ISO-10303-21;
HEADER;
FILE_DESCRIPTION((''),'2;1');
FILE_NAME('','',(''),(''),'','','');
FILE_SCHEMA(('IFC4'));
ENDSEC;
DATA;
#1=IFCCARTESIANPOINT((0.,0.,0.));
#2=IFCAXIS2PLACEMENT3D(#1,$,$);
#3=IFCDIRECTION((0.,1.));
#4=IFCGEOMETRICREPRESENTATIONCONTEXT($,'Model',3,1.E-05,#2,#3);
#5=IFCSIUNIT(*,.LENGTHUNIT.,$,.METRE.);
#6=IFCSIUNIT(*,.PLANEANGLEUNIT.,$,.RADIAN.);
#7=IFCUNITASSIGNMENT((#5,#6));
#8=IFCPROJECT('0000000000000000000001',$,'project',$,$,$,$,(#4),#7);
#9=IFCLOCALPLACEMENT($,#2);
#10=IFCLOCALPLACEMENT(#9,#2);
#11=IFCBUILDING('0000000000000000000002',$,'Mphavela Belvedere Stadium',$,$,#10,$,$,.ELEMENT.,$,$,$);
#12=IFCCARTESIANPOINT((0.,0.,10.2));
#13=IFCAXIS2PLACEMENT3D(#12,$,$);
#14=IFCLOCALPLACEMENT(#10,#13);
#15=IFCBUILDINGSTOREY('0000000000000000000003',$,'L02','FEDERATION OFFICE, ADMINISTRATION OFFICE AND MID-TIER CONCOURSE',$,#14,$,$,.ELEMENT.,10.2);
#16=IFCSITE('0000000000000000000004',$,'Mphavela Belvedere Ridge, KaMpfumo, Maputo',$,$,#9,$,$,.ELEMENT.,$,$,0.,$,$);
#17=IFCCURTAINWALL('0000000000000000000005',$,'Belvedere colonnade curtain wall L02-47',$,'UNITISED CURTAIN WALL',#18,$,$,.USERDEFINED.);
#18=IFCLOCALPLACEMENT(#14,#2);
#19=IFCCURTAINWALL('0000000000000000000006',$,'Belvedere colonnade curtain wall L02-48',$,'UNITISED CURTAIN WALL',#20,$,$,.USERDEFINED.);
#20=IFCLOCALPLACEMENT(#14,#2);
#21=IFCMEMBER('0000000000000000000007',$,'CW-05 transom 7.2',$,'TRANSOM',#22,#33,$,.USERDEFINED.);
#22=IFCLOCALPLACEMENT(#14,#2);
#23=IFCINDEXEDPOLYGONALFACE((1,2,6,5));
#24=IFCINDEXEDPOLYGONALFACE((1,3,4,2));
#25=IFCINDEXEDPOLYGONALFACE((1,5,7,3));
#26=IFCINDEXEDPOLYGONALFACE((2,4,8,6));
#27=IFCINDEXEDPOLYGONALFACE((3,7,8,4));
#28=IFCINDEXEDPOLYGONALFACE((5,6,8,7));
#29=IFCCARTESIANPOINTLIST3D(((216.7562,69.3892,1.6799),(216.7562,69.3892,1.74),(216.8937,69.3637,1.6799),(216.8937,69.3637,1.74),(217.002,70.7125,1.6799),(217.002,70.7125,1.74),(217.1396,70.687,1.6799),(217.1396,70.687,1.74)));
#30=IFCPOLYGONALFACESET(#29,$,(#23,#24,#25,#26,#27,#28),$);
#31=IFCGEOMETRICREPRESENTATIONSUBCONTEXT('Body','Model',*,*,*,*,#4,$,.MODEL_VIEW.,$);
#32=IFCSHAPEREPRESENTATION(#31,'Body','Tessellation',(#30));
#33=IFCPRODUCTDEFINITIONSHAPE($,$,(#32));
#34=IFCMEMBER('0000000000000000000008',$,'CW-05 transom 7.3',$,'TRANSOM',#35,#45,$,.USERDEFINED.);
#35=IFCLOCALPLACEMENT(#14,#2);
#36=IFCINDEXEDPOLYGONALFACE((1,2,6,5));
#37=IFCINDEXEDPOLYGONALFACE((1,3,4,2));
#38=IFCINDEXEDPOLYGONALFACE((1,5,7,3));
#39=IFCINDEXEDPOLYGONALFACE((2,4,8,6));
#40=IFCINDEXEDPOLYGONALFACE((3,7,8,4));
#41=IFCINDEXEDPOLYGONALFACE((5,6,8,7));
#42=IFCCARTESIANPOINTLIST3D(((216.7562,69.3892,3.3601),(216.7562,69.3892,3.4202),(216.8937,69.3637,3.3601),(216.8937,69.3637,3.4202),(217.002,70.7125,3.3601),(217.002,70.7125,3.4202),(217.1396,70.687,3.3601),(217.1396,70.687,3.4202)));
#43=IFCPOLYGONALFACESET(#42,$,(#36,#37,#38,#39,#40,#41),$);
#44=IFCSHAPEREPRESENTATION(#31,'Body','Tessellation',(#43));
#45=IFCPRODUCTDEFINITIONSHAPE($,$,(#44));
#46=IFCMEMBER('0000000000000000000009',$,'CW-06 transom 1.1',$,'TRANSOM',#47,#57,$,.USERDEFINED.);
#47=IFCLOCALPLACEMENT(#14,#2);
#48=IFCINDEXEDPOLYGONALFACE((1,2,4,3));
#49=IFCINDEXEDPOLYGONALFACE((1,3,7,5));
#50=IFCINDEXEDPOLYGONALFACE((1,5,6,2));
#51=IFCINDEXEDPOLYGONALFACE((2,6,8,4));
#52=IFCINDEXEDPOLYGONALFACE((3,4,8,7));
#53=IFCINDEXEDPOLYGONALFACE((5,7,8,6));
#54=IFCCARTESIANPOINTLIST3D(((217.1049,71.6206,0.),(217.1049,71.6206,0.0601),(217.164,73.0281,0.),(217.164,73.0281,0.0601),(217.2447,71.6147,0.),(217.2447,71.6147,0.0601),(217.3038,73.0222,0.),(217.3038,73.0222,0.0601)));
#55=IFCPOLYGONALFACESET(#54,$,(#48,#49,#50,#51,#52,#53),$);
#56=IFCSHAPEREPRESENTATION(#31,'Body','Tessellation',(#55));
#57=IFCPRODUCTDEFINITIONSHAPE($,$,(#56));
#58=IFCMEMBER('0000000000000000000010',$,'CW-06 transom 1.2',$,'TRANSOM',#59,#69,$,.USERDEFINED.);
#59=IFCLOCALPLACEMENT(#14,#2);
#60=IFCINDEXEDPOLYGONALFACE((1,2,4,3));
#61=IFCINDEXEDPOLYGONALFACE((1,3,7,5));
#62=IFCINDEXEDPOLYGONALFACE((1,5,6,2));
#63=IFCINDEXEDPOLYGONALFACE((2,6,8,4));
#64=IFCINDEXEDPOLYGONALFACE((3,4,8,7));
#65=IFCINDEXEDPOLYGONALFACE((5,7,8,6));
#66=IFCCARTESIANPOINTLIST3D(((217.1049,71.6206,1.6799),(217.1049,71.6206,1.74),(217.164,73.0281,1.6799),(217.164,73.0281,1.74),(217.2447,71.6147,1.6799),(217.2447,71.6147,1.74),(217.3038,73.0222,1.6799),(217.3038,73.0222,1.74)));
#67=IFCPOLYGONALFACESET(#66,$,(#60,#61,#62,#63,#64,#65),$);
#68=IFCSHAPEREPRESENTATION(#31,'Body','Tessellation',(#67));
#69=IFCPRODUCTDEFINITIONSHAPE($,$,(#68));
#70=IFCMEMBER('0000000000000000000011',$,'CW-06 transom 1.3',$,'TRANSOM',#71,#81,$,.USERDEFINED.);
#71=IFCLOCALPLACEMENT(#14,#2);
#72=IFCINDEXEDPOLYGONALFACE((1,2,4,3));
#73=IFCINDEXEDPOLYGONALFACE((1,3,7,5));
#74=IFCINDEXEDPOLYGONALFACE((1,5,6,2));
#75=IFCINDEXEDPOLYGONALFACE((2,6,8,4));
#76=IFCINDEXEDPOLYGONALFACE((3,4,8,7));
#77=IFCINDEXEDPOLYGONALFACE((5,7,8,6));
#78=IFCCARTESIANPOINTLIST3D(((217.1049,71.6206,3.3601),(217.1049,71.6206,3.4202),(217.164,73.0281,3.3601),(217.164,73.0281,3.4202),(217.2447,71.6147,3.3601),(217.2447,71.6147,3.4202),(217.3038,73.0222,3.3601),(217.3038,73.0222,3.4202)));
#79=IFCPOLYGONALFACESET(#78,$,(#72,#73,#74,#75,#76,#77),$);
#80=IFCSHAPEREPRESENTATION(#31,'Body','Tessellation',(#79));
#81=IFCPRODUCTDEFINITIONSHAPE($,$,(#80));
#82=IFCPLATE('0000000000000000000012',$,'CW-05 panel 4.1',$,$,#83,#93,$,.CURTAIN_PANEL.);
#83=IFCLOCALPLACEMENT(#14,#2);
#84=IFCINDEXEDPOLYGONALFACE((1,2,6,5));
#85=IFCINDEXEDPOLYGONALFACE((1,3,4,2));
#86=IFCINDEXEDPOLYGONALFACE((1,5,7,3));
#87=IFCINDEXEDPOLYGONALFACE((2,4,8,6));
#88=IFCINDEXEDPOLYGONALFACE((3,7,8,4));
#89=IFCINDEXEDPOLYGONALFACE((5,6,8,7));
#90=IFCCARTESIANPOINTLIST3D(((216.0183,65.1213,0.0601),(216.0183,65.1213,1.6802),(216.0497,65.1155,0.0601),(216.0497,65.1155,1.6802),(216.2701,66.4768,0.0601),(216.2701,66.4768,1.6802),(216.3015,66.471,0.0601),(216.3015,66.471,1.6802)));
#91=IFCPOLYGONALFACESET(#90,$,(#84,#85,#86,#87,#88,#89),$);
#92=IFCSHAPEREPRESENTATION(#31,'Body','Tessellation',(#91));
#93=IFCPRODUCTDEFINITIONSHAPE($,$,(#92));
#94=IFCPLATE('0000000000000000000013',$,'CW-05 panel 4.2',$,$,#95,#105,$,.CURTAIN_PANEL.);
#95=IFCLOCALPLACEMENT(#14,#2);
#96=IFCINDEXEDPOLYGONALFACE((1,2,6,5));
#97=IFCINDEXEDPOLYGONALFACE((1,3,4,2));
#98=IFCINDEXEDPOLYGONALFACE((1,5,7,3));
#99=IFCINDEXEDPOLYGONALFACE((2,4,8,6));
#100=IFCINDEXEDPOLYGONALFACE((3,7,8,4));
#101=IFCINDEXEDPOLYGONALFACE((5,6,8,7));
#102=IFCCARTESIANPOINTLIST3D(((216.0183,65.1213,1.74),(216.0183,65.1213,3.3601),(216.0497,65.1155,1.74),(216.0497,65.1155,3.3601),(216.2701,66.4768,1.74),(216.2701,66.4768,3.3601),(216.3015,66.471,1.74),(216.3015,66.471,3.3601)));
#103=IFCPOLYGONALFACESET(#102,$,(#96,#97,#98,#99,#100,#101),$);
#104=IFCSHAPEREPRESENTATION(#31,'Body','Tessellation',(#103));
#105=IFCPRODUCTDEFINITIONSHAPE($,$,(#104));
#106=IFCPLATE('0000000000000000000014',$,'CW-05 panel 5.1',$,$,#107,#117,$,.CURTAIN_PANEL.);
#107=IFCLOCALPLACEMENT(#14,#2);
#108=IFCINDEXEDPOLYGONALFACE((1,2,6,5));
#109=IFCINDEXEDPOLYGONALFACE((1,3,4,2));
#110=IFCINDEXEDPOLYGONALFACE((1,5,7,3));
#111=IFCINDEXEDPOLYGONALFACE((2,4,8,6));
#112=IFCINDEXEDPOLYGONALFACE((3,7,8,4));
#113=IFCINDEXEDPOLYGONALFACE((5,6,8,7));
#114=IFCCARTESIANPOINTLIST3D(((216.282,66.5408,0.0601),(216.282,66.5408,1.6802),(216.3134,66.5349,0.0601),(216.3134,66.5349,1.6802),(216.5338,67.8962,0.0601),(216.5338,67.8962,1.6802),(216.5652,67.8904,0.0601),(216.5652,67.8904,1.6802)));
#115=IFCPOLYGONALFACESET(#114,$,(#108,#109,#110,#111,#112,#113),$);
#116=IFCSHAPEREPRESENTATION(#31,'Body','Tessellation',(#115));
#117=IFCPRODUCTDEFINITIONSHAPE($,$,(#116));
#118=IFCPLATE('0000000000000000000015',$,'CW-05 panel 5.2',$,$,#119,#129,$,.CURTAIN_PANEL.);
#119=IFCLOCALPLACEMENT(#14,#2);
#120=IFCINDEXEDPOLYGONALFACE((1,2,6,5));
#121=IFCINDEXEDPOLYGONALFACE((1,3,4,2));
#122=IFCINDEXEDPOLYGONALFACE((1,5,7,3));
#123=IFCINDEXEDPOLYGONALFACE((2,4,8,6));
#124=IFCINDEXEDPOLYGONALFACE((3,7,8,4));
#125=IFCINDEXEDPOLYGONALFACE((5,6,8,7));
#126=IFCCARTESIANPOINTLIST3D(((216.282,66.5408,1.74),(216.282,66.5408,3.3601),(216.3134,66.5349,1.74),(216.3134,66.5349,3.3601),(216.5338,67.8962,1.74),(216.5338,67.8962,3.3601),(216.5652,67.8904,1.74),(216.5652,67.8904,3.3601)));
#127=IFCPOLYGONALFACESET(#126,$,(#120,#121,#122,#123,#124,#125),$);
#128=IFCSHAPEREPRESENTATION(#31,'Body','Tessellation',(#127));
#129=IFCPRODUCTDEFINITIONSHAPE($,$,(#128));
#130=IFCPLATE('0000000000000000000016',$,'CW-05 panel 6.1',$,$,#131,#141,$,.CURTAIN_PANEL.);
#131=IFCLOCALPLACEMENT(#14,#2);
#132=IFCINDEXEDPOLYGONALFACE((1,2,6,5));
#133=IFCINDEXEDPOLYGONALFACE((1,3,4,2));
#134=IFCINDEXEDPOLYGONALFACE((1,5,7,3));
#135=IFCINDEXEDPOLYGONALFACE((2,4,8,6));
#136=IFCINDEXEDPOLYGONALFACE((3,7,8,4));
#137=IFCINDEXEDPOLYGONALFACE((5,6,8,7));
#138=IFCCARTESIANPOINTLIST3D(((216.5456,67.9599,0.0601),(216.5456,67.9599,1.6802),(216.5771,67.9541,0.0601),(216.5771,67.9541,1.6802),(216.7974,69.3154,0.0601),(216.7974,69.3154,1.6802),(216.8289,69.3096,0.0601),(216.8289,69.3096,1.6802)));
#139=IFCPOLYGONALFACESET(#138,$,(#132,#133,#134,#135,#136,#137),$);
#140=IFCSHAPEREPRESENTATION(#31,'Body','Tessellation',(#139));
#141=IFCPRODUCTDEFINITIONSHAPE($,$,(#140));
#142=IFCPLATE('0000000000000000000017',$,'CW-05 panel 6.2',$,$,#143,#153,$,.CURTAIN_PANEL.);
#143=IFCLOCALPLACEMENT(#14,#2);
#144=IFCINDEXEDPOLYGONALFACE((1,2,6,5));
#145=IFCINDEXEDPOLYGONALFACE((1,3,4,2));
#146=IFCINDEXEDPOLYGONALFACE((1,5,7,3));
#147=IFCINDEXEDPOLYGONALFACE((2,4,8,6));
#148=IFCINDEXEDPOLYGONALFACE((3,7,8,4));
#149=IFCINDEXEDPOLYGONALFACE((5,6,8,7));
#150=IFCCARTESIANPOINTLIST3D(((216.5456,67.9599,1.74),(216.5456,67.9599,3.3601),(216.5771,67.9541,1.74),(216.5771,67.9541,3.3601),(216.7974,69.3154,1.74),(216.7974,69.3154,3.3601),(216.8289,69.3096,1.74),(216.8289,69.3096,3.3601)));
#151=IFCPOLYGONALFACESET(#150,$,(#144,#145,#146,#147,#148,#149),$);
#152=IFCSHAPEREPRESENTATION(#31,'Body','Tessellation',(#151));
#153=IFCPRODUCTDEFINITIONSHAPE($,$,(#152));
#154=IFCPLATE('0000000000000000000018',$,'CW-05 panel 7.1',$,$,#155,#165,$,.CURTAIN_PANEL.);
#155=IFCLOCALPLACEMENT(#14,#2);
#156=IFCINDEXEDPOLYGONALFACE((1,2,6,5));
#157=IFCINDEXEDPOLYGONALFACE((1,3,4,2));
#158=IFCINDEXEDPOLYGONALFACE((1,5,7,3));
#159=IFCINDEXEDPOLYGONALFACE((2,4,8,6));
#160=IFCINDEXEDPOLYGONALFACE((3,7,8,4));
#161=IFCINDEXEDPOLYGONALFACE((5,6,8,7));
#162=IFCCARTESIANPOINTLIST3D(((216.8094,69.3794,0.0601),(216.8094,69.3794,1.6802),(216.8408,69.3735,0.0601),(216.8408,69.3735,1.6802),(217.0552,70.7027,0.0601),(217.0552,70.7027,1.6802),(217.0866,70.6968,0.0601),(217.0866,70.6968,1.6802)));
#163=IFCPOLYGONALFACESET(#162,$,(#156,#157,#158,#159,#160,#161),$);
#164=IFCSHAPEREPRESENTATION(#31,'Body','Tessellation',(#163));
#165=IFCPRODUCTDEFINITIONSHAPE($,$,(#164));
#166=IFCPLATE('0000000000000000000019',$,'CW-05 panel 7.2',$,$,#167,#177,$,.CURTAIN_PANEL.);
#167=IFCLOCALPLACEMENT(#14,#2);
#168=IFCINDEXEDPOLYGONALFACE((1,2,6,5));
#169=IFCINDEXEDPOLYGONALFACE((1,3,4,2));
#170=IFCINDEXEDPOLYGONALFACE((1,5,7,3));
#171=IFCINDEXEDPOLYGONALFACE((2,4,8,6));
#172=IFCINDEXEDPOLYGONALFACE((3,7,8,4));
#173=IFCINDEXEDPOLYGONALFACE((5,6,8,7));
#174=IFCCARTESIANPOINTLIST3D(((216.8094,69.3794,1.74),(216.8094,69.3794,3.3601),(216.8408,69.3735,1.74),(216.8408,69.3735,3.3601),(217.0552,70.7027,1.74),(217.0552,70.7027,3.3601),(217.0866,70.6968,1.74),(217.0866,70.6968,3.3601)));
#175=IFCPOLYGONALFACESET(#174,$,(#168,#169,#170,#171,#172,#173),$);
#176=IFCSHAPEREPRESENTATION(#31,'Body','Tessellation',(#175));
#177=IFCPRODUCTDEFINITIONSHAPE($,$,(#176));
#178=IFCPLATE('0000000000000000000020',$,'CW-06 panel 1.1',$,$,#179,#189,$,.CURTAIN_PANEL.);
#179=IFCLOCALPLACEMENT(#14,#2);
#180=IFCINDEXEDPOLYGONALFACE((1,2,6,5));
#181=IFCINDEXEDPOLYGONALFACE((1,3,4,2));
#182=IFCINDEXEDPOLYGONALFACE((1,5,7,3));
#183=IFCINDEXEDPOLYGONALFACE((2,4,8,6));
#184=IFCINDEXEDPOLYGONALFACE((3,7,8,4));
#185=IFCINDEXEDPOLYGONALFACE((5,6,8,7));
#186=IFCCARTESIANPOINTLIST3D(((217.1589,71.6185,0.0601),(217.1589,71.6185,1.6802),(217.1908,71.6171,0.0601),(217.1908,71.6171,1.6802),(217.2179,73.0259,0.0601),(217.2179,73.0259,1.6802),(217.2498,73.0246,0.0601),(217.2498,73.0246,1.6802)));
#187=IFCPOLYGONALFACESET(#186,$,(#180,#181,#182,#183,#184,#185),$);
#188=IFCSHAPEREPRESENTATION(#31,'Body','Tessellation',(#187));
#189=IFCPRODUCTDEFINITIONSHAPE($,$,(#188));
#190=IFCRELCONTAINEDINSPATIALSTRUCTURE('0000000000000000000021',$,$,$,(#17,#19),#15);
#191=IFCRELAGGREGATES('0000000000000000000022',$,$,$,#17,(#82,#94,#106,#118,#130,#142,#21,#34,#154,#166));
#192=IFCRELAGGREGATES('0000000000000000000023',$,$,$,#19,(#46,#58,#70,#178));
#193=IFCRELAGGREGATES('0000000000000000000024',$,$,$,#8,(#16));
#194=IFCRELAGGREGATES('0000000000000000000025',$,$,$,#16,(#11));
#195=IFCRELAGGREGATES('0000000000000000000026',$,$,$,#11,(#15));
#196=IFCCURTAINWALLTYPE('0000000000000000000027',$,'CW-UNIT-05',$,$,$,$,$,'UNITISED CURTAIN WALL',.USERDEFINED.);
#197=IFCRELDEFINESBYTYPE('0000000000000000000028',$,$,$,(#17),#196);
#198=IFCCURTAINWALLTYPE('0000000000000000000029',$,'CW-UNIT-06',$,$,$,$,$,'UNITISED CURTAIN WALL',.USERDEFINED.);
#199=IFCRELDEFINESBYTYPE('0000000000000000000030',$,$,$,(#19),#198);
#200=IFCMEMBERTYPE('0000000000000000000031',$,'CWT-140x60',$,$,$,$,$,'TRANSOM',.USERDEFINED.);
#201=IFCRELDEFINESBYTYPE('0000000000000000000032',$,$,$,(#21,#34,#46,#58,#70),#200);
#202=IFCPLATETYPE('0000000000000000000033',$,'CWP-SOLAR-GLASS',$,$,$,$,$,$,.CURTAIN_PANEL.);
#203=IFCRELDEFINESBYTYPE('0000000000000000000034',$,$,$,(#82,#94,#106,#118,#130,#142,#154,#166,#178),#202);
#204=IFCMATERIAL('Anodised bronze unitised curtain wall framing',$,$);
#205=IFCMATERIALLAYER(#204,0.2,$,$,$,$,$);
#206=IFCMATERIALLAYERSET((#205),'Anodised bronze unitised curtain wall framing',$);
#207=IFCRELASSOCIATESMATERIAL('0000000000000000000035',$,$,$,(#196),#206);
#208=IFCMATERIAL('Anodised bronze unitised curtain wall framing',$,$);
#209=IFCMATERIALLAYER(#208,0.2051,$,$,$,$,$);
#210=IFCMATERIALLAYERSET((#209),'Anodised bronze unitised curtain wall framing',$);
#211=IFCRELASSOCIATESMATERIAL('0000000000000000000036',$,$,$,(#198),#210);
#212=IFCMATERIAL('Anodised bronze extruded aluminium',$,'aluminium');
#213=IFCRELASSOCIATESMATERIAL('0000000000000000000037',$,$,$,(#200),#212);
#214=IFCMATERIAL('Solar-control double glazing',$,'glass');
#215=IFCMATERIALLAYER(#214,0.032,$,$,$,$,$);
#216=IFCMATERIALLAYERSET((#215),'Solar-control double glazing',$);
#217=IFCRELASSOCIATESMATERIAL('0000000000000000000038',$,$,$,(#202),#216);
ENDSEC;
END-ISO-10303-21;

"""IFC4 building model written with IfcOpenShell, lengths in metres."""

from ifc_helpers import new_model, si_unit, direction, frame, origin, origin_2d, place, context, subcontext, project, spatial, rectangle, extrude, material, layer, layer_set, material_profile, profile_set, type_object, element, aggregate, save


model = new_model("IFC4")

# Units and contexts
model_context = context("Model", 3, precision=1e-05, world=origin(), true_north=direction((0.0, 1.0)))
body_context = subcontext(model_context, "Body", "Model", "MODEL_VIEW")
ifc_project = project(units=[si_unit("LENGTHUNIT", "METRE"), si_unit("PLANEANGLEUNIT", "RADIAN")], contexts=[model_context])

# Site, building, storey
site_placement = place(None, origin())
site = spatial("IfcSite", under=ifc_project, at=site_placement, Name="Mphavela Belvedere Ridge, KaMpfumo, Maputo", CompositionType="ELEMENT", RefElevation=0.0)
building_placement = place(site_placement, origin())
building = spatial("IfcBuilding", under=site, at=building_placement, Name="Mphavela Belvedere Stadium", CompositionType="ELEMENT")
storey_placement = place(building_placement, frame((0.0, 0.0, 10.2)))
storey = spatial("IfcBuildingStorey", under=building, at=storey_placement, Name="L02", Description="FEDERATION OFFICE, ADMINISTRATION OFFICE AND MID-TIER CONCOURSE", CompositionType="ELEMENT", Elevation=10.2)

# Curtain wall
ifc_material_1 = material(Name="Anodised bronze unitised curtain wall framing")
ifc_layer_1 = layer(ifc_material_1, 0.2)
ifc_layer_set_1 = layer_set([ifc_layer_1], Name="Anodised bronze unitised curtain wall framing")
curtain_wall_type_1 = type_object("IfcCurtainWallType", Name="CW-UNIT-05", ElementType="UNITISED CURTAIN WALL", PredefinedType="USERDEFINED", material=ifc_layer_set_1)
curtain_wall_1_placement = place(storey_placement, origin())
curtain_wall_1 = element("IfcCurtainWall", 1, at=curtain_wall_1_placement, inside=storey, type_object=curtain_wall_type_1, Name="Belvedere colonnade curtain wall L02-47", ObjectType="UNITISED CURTAIN WALL", PredefinedType="USERDEFINED")

# Curtain wall
ifc_material_2 = material(Name="Anodised bronze unitised curtain wall framing")
ifc_layer_2 = layer(ifc_material_2, 0.2051)
ifc_layer_set_2 = layer_set([ifc_layer_2], Name="Anodised bronze unitised curtain wall framing")
curtain_wall_type_2 = type_object("IfcCurtainWallType", Name="CW-UNIT-06", ElementType="UNITISED CURTAIN WALL", PredefinedType="USERDEFINED", material=ifc_layer_set_2)
curtain_wall_2_placement = place(storey_placement, origin())
curtain_wall_2 = element("IfcCurtainWall", 2, at=curtain_wall_2_placement, inside=storey, type_object=curtain_wall_type_2, Name="Belvedere colonnade curtain wall L02-48", ObjectType="UNITISED CURTAIN WALL", PredefinedType="USERDEFINED")

# Members
ifc_material_3 = material(Name="Anodised bronze extruded aluminium", Category="aluminium")
ifc_material_profile_1 = material_profile(ifc_material_3, rectangle(XDim=0.1399, YDim=0.0601, at=origin_2d()), Name="CW-TRN 140x60")
ifc_profile_set_1 = profile_set([ifc_material_profile_1], Name="Anodised bronze extruded aluminium")
member_type_1 = type_object("IfcMemberType", Name="CWT-140x60", ElementType="TRANSOM", PredefinedType="USERDEFINED", material=ifc_profile_set_1)
member_1_placement = place(storey_placement, frame((216.825, 69.3765, 1.71), z_axis=(0.182667, 0.983175, 0.0), x_axis=(-0.983175, 0.182667, 0.0)))
member_1 = element("IfcMember", 3, at=member_1_placement, type_object=member_type_1, Name="CW-05 transom 7.2", ObjectType="TRANSOM", PredefinedType="USERDEFINED", context=body_context, shape_type="SweptSolid", body=[
    extrude(rectangle(XDim=0.1399, YDim=0.0601, at=origin_2d()), origin(), (0.0, 0.0, 1.0), 1.3459),
])
member_2_placement = place(storey_placement, frame((216.825, 69.3765, 3.3901), z_axis=(0.182667, 0.983175, 0.0), x_axis=(-0.983175, 0.182667, 0.0)))
member_2 = element("IfcMember", 4, at=member_2_placement, type_object=member_type_1, Name="CW-05 transom 7.3", ObjectType="TRANSOM", PredefinedType="USERDEFINED", context=body_context, shape_type="SweptSolid", body=[
    extrude(rectangle(XDim=0.1399, YDim=0.0601, at=origin_2d()), origin(), (0.0, 0.0, 1.0), 1.3459),
])
member_3_placement = place(storey_placement, frame((217.1748, 71.6177, 0.03), z_axis=(0.041941, 0.99912, 0.0), x_axis=(-0.99912, 0.041941, 0.0)))
member_3 = element("IfcMember", 5, at=member_3_placement, type_object=member_type_1, Name="CW-06 transom 1.1", ObjectType="TRANSOM", PredefinedType="USERDEFINED", context=body_context, shape_type="SweptSolid", body=[
    extrude(rectangle(XDim=0.1399, YDim=0.0601, at=origin_2d()), origin(), (0.0, 0.0, 1.0), 1.4087),
])
member_4_placement = place(storey_placement, frame((217.1748, 71.6177, 1.71), z_axis=(0.041941, 0.99912, 0.0), x_axis=(-0.99912, 0.041941, 0.0)))
member_4 = element("IfcMember", 6, at=member_4_placement, type_object=member_type_1, Name="CW-06 transom 1.2", ObjectType="TRANSOM", PredefinedType="USERDEFINED", context=body_context, shape_type="SweptSolid", body=[
    extrude(rectangle(XDim=0.1399, YDim=0.0601, at=origin_2d()), origin(), (0.0, 0.0, 1.0), 1.4087),
])
member_5_placement = place(storey_placement, frame((217.1748, 71.6177, 3.3901), z_axis=(0.041941, 0.99912, 0.0), x_axis=(-0.99912, 0.041941, 0.0)))
member_5 = element("IfcMember", 7, at=member_5_placement, type_object=member_type_1, Name="CW-06 transom 1.3", ObjectType="TRANSOM", PredefinedType="USERDEFINED", context=body_context, shape_type="SweptSolid", body=[
    extrude(rectangle(XDim=0.1399, YDim=0.0601, at=origin_2d()), origin(), (0.0, 0.0, 1.0), 1.4087),
])

# Plates
ifc_material_4 = material(Name="Solar-control double glazing", Category="glass")
ifc_layer_3 = layer(ifc_material_4, 0.032)
ifc_layer_set_3 = layer_set([ifc_layer_3], Name="Solar-control double glazing")
plate_type = type_object("IfcPlateType", Name="CWP-SOLAR-GLASS", PredefinedType="CURTAIN_PANEL", material=ifc_layer_set_3)
plate_1_placement = place(storey_placement, frame((216.1599, 65.7961, 0.0601), z_axis=(0.0, 0.0, 1.0), x_axis=(0.182625, 0.983183, 0.0)))
plate_1 = element("IfcPlate", 8, at=plate_1_placement, type_object=plate_type, Name="CW-05 panel 4.1", PredefinedType="CURTAIN_PANEL", context=body_context, shape_type="SweptSolid", body=[
    extrude(rectangle(XDim=1.3787, YDim=0.032, at=origin_2d()), origin(), (0.0, 0.0, 1.0), 1.6201),
])
plate_2_placement = place(storey_placement, frame((216.1599, 65.7961, 1.74), z_axis=(0.0, 0.0, 1.0), x_axis=(0.182625, 0.983183, 0.0)))
plate_2 = element("IfcPlate", 9, at=plate_2_placement, type_object=plate_type, Name="CW-05 panel 4.2", PredefinedType="CURTAIN_PANEL", context=body_context, shape_type="SweptSolid", body=[
    extrude(rectangle(XDim=1.3787, YDim=0.032, at=origin_2d()), origin(), (0.0, 0.0, 1.0), 1.6201),
])
plate_3_placement = place(storey_placement, frame((216.4236, 67.2156, 0.0601), z_axis=(0.0, 0.0, 1.0), x_axis=(0.182625, 0.983183, 0.0)))
plate_3 = element("IfcPlate", 10, at=plate_3_placement, type_object=plate_type, Name="CW-05 panel 5.1", PredefinedType="CURTAIN_PANEL", context=body_context, shape_type="SweptSolid", body=[
    extrude(rectangle(XDim=1.3787, YDim=0.032, at=origin_2d()), origin(), (0.0, 0.0, 1.0), 1.6201),
])
plate_4_placement = place(storey_placement, frame((216.4236, 67.2156, 1.74), z_axis=(0.0, 0.0, 1.0), x_axis=(0.182625, 0.983183, 0.0)))
plate_4 = element("IfcPlate", 11, at=plate_4_placement, type_object=plate_type, Name="CW-05 panel 5.2", PredefinedType="CURTAIN_PANEL", context=body_context, shape_type="SweptSolid", body=[
    extrude(rectangle(XDim=1.3787, YDim=0.032, at=origin_2d()), origin(), (0.0, 0.0, 1.0), 1.6201),
])
plate_5_placement = place(storey_placement, frame((216.6873, 68.6348, 0.0601), z_axis=(0.0, 0.0, 1.0), x_axis=(0.182625, 0.983183, 0.0)))
plate_5 = element("IfcPlate", 12, at=plate_5_placement, type_object=plate_type, Name="CW-05 panel 6.1", PredefinedType="CURTAIN_PANEL", context=body_context, shape_type="SweptSolid", body=[
    extrude(rectangle(XDim=1.3787, YDim=0.032, at=origin_2d()), origin(), (0.0, 0.0, 1.0), 1.6201),
])
plate_6_placement = place(storey_placement, frame((216.6873, 68.6348, 1.74), z_axis=(0.0, 0.0, 1.0), x_axis=(0.182625, 0.983183, 0.0)))
plate_6 = element("IfcPlate", 13, at=plate_6_placement, type_object=plate_type, Name="CW-05 panel 6.2", PredefinedType="CURTAIN_PANEL", context=body_context, shape_type="SweptSolid", body=[
    extrude(rectangle(XDim=1.3787, YDim=0.032, at=origin_2d()), origin(), (0.0, 0.0, 1.0), 1.6201),
])
plate_7_placement = place(storey_placement, frame((216.948, 70.0381, 0.0601), z_axis=(0.0, 0.0, 1.0), x_axis=(0.182625, 0.983183, 0.0)))
plate_7 = element("IfcPlate", 14, at=plate_7_placement, type_object=plate_type, Name="CW-05 panel 7.1", PredefinedType="CURTAIN_PANEL", context=body_context, shape_type="SweptSolid", body=[
    extrude(rectangle(XDim=1.3459, YDim=0.032, at=origin_2d()), origin(), (0.0, 0.0, 1.0), 1.6201),
])
plate_8_placement = place(storey_placement, frame((216.948, 70.0381, 1.74), z_axis=(0.0, 0.0, 1.0), x_axis=(0.182625, 0.983183, 0.0)))
plate_8 = element("IfcPlate", 15, at=plate_8_placement, type_object=plate_type, Name="CW-05 panel 7.2", PredefinedType="CURTAIN_PANEL", context=body_context, shape_type="SweptSolid", body=[
    extrude(rectangle(XDim=1.3459, YDim=0.032, at=origin_2d()), origin(), (0.0, 0.0, 1.0), 1.6201),
])
aggregate(curtain_wall_1, [plate_1, plate_2, plate_3, plate_4, plate_5, plate_6, member_1, member_2, plate_7, plate_8])
plate_9_placement = place(storey_placement, frame((217.2043, 72.3215, 0.0601), z_axis=(0.0, 0.0, 1.0), x_axis=(0.041904, 0.999122, 0.0)))
plate_9 = element("IfcPlate", 16, at=plate_9_placement, type_object=plate_type, Name="CW-06 panel 1.1", PredefinedType="CURTAIN_PANEL", context=body_context, shape_type="SweptSolid", body=[
    extrude(rectangle(XDim=1.4087, YDim=0.032, at=origin_2d()), origin(), (0.0, 0.0, 1.0), 1.6201),
])
aggregate(curtain_wall_2, [member_3, member_4, member_5, plate_9])

save(model, "model.ifc")
